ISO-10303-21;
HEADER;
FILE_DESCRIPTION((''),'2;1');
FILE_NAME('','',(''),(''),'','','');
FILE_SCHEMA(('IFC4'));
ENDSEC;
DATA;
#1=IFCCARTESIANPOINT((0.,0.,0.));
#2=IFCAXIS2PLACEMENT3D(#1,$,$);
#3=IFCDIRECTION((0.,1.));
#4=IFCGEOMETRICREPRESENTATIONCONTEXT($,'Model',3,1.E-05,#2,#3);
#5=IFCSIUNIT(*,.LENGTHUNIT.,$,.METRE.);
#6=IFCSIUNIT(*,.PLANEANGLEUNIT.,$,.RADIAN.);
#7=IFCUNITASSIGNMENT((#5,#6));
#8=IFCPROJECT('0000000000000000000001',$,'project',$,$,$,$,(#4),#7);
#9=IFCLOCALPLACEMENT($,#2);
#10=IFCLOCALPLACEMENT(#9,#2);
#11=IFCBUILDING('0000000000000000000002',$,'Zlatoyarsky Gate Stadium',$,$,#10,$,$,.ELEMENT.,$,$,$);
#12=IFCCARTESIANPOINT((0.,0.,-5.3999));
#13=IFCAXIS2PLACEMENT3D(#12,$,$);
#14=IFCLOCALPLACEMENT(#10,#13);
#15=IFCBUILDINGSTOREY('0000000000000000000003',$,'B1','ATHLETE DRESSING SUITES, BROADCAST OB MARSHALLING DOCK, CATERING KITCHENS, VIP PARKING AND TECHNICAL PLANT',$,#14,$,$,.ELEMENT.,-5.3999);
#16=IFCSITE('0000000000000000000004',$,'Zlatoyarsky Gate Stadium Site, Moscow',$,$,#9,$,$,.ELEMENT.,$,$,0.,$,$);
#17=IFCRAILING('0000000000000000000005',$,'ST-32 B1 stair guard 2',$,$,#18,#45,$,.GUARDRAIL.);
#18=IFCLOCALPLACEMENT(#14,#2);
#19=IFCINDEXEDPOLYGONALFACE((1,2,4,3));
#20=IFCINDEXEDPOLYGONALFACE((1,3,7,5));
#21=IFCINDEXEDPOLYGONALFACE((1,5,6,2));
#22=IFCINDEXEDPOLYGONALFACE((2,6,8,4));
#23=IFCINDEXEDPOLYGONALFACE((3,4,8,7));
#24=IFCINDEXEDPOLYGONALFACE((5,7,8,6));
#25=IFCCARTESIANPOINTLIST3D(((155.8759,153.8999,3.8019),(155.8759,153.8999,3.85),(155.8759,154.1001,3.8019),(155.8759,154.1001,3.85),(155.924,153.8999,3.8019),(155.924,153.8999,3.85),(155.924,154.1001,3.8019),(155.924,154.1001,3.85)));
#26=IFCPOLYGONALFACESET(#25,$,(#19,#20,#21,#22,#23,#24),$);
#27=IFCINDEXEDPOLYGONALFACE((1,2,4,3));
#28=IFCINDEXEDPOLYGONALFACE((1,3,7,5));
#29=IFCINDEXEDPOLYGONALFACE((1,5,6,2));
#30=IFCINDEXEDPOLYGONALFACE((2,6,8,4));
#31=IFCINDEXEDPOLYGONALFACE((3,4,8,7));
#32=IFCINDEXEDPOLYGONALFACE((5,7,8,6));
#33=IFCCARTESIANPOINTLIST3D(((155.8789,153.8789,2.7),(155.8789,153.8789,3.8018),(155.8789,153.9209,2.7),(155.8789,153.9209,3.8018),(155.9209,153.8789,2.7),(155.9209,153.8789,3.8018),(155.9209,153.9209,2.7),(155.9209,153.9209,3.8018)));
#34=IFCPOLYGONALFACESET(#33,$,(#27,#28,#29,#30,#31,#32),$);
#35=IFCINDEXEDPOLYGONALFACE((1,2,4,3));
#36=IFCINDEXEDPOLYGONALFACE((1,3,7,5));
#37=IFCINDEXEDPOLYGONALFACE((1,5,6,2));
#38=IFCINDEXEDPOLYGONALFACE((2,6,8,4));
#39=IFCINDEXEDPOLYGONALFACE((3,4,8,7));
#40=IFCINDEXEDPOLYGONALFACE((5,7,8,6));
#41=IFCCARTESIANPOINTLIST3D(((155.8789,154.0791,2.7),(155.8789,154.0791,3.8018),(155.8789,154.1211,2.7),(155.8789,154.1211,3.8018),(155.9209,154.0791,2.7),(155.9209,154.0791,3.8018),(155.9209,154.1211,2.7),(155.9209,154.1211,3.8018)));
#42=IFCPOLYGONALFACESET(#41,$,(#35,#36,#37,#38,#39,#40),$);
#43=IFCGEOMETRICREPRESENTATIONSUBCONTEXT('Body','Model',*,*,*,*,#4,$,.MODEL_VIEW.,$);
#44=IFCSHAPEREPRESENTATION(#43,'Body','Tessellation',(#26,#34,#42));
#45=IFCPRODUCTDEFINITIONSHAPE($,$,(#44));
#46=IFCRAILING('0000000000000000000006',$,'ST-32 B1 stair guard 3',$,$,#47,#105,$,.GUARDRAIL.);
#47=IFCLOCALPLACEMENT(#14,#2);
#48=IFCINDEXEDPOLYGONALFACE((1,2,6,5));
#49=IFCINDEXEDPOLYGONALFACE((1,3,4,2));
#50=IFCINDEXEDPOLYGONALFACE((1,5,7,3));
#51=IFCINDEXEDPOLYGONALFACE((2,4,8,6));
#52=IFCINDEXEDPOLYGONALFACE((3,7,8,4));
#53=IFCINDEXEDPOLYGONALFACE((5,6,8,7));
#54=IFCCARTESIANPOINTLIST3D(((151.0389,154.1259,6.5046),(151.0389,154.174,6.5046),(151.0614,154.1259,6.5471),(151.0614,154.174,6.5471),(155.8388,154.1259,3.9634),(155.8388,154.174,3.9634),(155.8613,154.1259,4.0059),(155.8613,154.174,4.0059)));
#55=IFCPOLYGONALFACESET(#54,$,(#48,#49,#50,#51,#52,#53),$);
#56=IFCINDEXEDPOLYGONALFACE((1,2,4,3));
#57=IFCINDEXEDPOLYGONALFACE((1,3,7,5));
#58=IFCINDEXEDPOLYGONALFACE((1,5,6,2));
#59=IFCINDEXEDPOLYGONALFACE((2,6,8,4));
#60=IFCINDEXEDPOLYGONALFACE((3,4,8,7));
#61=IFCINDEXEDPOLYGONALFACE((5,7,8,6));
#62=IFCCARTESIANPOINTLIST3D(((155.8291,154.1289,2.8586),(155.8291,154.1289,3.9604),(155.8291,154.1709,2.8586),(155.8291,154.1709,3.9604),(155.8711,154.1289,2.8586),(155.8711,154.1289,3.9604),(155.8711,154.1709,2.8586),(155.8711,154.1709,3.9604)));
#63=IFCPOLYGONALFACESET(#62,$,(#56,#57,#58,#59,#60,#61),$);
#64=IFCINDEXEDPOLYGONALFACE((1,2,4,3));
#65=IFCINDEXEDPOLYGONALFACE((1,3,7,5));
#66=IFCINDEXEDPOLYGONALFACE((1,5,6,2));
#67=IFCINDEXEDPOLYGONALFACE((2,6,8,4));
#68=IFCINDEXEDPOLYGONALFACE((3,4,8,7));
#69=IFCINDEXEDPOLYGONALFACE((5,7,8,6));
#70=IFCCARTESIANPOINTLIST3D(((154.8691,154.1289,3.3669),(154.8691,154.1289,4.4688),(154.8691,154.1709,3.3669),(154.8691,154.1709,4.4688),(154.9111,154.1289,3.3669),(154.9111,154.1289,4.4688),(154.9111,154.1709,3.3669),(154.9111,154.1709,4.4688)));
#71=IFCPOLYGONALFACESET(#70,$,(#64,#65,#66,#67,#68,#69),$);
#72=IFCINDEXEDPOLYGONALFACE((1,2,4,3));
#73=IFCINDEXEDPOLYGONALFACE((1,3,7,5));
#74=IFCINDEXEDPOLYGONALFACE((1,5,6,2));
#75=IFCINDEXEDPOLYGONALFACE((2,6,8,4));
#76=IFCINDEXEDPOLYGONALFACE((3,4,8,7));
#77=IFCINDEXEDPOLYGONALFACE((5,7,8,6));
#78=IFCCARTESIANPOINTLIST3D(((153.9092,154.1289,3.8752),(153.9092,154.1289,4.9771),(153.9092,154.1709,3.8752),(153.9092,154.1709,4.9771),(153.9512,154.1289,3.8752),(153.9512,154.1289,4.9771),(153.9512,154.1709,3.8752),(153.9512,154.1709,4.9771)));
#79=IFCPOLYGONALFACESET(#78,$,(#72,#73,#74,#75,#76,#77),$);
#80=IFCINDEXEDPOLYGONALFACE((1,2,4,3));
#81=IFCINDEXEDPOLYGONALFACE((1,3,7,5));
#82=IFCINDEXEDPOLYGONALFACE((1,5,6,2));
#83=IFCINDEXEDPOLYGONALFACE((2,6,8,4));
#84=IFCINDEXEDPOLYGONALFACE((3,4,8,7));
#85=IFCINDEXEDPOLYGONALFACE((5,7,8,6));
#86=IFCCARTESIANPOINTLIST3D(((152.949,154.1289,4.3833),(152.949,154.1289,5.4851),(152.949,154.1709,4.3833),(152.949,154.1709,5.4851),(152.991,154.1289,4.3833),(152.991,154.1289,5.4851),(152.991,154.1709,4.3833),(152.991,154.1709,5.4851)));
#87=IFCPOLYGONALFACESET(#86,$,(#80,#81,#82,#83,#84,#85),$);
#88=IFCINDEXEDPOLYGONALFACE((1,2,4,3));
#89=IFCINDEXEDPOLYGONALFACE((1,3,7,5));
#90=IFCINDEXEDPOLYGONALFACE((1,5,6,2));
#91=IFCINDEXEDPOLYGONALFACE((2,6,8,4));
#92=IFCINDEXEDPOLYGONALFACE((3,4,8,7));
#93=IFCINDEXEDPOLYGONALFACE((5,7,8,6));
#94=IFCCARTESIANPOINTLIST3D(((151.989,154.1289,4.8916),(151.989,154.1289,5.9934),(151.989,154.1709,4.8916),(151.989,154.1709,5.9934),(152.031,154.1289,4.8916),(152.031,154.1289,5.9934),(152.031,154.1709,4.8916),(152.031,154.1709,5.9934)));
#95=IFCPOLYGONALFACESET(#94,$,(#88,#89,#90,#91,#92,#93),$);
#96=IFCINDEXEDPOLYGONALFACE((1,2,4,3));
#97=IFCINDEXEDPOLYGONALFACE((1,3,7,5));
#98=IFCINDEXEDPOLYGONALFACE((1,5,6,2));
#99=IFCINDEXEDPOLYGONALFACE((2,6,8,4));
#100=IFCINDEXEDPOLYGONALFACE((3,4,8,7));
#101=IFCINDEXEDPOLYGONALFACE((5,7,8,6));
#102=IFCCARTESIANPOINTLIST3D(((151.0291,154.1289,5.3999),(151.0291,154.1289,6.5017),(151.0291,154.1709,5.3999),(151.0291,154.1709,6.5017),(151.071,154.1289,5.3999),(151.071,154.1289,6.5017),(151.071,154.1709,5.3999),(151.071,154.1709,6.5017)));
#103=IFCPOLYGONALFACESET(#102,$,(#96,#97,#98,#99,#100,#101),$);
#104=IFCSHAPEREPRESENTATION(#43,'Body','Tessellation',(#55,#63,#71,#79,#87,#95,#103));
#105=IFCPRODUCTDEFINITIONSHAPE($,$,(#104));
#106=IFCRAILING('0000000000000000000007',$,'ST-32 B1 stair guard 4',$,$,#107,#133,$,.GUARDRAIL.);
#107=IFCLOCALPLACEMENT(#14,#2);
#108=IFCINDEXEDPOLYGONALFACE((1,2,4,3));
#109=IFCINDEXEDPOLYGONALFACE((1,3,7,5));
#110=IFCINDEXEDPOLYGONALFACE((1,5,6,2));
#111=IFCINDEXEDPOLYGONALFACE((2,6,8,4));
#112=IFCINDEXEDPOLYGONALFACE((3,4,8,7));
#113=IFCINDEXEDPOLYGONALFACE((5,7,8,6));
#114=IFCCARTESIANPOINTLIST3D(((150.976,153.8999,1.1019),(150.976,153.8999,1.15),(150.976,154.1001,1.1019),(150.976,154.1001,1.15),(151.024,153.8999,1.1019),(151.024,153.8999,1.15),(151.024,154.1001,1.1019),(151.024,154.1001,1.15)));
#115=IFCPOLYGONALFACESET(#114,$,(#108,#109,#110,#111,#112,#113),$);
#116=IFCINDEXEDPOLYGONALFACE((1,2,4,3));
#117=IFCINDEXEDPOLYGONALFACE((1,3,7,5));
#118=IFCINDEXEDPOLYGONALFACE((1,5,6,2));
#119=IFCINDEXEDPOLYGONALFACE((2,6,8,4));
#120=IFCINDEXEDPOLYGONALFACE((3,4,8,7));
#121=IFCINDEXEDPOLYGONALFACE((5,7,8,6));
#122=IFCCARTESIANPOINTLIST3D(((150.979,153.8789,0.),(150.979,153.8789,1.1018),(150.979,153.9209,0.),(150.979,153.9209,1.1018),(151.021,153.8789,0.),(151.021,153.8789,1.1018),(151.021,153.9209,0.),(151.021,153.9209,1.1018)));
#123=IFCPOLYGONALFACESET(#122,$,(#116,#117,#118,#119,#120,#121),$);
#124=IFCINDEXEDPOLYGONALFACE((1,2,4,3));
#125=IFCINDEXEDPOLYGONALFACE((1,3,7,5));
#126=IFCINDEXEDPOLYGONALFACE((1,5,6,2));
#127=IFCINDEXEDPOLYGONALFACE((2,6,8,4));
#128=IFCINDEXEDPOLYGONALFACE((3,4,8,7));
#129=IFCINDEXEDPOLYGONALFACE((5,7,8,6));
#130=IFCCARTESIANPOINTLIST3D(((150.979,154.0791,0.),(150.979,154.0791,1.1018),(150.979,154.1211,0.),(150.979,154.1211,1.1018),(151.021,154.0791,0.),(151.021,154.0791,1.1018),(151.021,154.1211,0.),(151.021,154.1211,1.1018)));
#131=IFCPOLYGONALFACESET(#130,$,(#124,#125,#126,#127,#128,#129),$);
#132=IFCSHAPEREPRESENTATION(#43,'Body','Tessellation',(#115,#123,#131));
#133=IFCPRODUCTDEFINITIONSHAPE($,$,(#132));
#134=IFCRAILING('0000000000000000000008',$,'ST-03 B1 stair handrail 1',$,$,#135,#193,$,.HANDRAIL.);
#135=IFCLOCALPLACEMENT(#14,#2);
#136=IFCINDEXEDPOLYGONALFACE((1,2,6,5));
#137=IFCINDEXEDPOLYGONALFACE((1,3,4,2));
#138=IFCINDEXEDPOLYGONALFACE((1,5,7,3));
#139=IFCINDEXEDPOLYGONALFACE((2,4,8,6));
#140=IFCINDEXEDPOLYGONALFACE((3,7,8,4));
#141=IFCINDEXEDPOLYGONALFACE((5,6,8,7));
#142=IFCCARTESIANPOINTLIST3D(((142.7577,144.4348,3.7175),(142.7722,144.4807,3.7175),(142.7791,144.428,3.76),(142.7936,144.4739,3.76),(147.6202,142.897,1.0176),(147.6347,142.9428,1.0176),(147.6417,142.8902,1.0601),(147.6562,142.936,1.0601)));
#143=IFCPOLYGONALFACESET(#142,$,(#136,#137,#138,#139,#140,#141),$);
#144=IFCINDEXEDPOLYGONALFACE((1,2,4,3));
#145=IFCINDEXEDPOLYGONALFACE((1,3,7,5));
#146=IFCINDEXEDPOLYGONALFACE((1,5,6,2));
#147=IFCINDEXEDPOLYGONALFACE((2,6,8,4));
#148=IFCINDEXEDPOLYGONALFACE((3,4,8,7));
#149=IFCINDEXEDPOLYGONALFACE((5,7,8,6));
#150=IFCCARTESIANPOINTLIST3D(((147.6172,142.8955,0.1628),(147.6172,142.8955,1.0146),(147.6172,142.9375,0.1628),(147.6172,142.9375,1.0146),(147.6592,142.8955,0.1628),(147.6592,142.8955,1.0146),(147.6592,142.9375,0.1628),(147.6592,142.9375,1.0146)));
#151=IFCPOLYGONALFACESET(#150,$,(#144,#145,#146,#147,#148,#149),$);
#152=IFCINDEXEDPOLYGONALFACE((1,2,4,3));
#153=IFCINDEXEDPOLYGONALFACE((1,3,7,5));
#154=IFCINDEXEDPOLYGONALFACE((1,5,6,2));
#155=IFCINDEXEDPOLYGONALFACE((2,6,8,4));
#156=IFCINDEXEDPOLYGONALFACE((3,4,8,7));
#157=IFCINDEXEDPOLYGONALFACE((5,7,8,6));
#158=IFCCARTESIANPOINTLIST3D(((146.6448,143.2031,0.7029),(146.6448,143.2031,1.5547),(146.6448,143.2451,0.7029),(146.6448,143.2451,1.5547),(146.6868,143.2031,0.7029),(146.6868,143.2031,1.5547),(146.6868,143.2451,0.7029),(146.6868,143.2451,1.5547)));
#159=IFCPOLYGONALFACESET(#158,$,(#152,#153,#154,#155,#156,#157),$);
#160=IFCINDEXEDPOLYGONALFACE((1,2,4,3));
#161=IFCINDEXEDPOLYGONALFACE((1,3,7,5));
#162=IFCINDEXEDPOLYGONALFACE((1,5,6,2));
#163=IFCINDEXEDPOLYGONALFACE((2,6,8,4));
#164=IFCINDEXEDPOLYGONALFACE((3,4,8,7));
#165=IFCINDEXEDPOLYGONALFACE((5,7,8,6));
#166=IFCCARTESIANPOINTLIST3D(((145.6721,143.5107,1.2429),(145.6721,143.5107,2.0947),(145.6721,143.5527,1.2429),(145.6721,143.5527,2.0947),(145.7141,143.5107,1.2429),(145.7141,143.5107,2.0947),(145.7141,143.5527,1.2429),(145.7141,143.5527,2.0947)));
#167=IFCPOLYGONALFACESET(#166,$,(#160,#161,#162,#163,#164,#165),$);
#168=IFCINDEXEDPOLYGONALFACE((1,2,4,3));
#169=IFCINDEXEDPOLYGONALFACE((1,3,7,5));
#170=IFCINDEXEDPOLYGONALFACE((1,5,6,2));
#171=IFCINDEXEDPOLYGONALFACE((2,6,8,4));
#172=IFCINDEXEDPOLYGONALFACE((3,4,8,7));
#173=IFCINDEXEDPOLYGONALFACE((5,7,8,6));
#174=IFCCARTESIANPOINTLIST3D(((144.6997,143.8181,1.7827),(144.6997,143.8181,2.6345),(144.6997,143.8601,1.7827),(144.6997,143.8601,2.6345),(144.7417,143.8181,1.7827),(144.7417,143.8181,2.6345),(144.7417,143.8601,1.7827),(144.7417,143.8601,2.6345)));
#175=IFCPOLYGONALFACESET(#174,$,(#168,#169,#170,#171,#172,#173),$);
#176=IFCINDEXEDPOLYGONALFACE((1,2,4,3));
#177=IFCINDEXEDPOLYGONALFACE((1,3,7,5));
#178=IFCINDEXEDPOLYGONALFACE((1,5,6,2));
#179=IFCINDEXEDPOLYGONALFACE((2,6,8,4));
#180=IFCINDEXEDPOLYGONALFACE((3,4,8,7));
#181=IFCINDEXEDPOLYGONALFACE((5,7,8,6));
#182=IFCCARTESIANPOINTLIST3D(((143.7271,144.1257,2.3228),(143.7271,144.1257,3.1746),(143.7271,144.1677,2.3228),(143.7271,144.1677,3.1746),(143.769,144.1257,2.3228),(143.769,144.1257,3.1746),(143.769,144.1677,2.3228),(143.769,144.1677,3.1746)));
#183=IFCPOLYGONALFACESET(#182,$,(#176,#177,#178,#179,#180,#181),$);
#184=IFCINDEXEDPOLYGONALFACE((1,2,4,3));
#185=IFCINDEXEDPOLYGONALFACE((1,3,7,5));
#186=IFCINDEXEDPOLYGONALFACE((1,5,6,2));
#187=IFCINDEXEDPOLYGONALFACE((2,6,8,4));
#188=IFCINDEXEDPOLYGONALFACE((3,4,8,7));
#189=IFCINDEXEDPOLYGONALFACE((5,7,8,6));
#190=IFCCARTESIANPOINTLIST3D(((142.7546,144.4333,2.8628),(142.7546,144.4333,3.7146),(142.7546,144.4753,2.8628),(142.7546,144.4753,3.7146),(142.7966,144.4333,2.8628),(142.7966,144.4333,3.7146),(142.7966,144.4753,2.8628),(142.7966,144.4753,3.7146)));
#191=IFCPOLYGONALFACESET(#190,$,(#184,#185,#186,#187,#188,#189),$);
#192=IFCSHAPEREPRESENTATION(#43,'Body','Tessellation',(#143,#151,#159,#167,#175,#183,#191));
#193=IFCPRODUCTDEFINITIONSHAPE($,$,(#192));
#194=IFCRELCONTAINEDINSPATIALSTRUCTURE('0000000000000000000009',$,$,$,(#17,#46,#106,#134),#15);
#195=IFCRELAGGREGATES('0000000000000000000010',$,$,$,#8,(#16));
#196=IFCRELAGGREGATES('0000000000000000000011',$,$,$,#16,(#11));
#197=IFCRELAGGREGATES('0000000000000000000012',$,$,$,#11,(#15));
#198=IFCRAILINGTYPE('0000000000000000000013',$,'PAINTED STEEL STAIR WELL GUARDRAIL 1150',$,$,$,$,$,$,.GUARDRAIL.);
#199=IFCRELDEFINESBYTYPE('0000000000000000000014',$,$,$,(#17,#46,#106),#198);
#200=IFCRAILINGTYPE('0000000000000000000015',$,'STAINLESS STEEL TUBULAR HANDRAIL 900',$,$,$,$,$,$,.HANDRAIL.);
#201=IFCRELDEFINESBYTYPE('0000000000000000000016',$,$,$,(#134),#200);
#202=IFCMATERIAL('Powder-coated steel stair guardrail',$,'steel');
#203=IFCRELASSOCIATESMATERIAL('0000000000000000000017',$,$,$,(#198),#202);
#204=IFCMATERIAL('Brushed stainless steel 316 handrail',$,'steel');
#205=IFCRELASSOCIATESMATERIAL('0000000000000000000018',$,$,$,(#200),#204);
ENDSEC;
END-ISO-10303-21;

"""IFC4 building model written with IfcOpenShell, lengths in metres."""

from ifc_helpers import new_model, si_unit, direction, frame, origin, origin_2d, place, context, subcontext, project, spatial, rectangle, extrude, material, type_object, element, save


model = new_model("IFC4")

# Units and contexts
model_context = context("Model", 3, precision=1e-05, world=origin(), true_north=direction((0.0, 1.0)))
body_context = subcontext(model_context, "Body", "Model", "MODEL_VIEW")
ifc_project = project(units=[si_unit("LENGTHUNIT", "METRE"), si_unit("PLANEANGLEUNIT", "RADIAN")], contexts=[model_context])

# Site, building, storey
site_placement = place(None, origin())
site = spatial("IfcSite", under=ifc_project, at=site_placement, Name="Zlatoyarsky Gate Stadium Site, Moscow", CompositionType="ELEMENT", RefElevation=0.0)
building_placement = place(site_placement, origin())
building = spatial("IfcBuilding", under=site, at=building_placement, Name="Zlatoyarsky Gate Stadium", CompositionType="ELEMENT")
storey_placement = place(building_placement, frame((0.0, 0.0, -5.3999)))
storey = spatial("IfcBuildingStorey", under=building, at=storey_placement, Name="B1", Description="ATHLETE DRESSING SUITES, BROADCAST OB MARSHALLING DOCK, CATERING KITCHENS, VIP PARKING AND TECHNICAL PLANT", CompositionType="ELEMENT", Elevation=-5.3999)

# Railings
ifc_material_1 = material(Name="Powder-coated steel stair guardrail", Category="steel")
railing_type_1 = type_object("IfcRailingType", Name="PAINTED STEEL STAIR WELL GUARDRAIL 1150", PredefinedType="GUARDRAIL", material=ifc_material_1)
railing_1_placement = place(storey_placement, frame((155.8999, 153.8999, 2.7)))
element("IfcRailing", 1, at=railing_1_placement, inside=storey, type_object=railing_type_1, Name="ST-32 B1 stair guard 2", PredefinedType="GUARDRAIL", context=body_context, shape_type="SweptSolid", body=[
    extrude(rectangle(XDim=0.0481, YDim=0.0481, at=origin_2d()), frame((0.0, 0.0, 1.126), z_axis=(0.0, 1.0, 0.0), x_axis=(-1.0, 0.0, 0.0)), (0.0, 0.0, 1.0), 0.2002),
    extrude(rectangle(XDim=0.042, YDim=0.042, at=origin_2d()), origin(), (0.0, 0.0, 1.0), 1.1018),
    extrude(rectangle(XDim=0.042, YDim=0.042, at=origin_2d()), frame((0.0, 0.2002, 0.0)), (0.0, 0.0, 1.0), 1.1018),
])
railing_2_placement = place(storey_placement, frame((155.8501, 154.1499, 2.8586)))
element("IfcRailing", 2, at=railing_2_placement, inside=storey, type_object=railing_type_1, Name="ST-32 B1 stair guard 3", PredefinedType="GUARDRAIL", context=body_context, shape_type="SweptSolid", body=[
    extrude(rectangle(XDim=0.0481, YDim=0.0481, at=origin_2d()), frame((0.0, 0.0, 1.126), z_axis=(-0.883784, 0.0, 0.467896), x_axis=(0.0, -1.0, 0.0)), (0.0, 0.0, 1.0), 5.4312),
    extrude(rectangle(XDim=0.042, YDim=0.042, at=origin_2d()), origin(), (0.0, 0.0, 1.0), 1.1018),
    extrude(rectangle(XDim=0.042, YDim=0.042, at=origin_2d()), frame((-0.96, 0.0, 0.5083)), (0.0, 0.0, 1.0), 1.1018),
    extrude(rectangle(XDim=0.042, YDim=0.042, at=origin_2d()), frame((-1.9199, 0.0, 1.0166)), (0.0, 0.0, 1.0), 1.1018),
    extrude(rectangle(XDim=0.042, YDim=0.042, at=origin_2d()), frame((-2.8801, 0.0, 1.5247)), (0.0, 0.0, 1.0), 1.1018),
    extrude(rectangle(XDim=0.042, YDim=0.042, at=origin_2d()), frame((-3.8401, 0.0, 2.033)), (0.0, 0.0, 1.0), 1.1018),
    extrude(rectangle(XDim=0.042, YDim=0.042, at=origin_2d()), frame((-4.8, 0.0, 2.5413)), (0.0, 0.0, 1.0), 1.1018),
])
railing_3_placement = place(storey_placement, frame((151.0, 153.8999, 0.0)))
element("IfcRailing", 3, at=railing_3_placement, inside=storey, type_object=railing_type_1, Name="ST-32 B1 stair guard 4", PredefinedType="GUARDRAIL", context=body_context, shape_type="SweptSolid", body=[
    extrude(rectangle(XDim=0.0481, YDim=0.0481, at=origin_2d()), frame((0.0, 0.0, 1.126), z_axis=(0.0, 1.0, 0.0), x_axis=(-1.0, 0.0, 0.0)), (0.0, 0.0, 1.0), 0.2002),
    extrude(rectangle(XDim=0.042, YDim=0.042, at=origin_2d()), origin(), (0.0, 0.0, 1.0), 1.1018),
    extrude(rectangle(XDim=0.042, YDim=0.042, at=origin_2d()), frame((0.0, 0.2002, 0.0)), (0.0, 0.0, 1.0), 1.1018),
])
ifc_material_2 = material(Name="Brushed stainless steel 316 handrail", Category="steel")
railing_type_2 = type_object("IfcRailingType", Name="STAINLESS STEEL TUBULAR HANDRAIL 900", PredefinedType="HANDRAIL", material=ifc_material_2)
railing_4_placement = place(storey_placement, frame((147.6382, 142.9165, 0.1628)))
element("IfcRailing", 4, at=railing_4_placement, inside=storey, type_object=railing_type_2, Name="ST-03 B1 stair handrail 1", PredefinedType="HANDRAIL", context=body_context, shape_type="SweptSolid", body=[
    extrude(rectangle(XDim=0.0481, YDim=0.0481, at=origin_2d()), frame((0.0, 0.0, 0.876), z_axis=(-0.842651, 0.266499, 0.467886), x_axis=(-0.301541, -0.953453, 0.0)), (0.0, 0.0, 1.0), 5.7705),
    extrude(rectangle(XDim=0.042, YDim=0.042, at=origin_2d()), origin(), (0.0, 0.0, 1.0), 0.8518),
    extrude(rectangle(XDim=0.042, YDim=0.042, at=origin_2d()), frame((-0.9724, 0.3076, 0.54)), (0.0, 0.0, 1.0), 0.8518),
    extrude(rectangle(XDim=0.042, YDim=0.042, at=origin_2d()), frame((-1.9451, 0.6152, 1.0801)), (0.0, 0.0, 1.0), 0.8518),
    extrude(rectangle(XDim=0.042, YDim=0.042, at=origin_2d()), frame((-2.9175, 0.9226, 1.6199)), (0.0, 0.0, 1.0), 0.8518),
    extrude(rectangle(XDim=0.042, YDim=0.042, at=origin_2d()), frame((-3.8901, 1.2302, 2.1599)), (0.0, 0.0, 1.0), 0.8518),
    extrude(rectangle(XDim=0.042, YDim=0.042, at=origin_2d()), frame((-4.8625, 1.5378, 2.7)), (0.0, 0.0, 1.0), 0.8518),
])

save(model, "model.ifc")
